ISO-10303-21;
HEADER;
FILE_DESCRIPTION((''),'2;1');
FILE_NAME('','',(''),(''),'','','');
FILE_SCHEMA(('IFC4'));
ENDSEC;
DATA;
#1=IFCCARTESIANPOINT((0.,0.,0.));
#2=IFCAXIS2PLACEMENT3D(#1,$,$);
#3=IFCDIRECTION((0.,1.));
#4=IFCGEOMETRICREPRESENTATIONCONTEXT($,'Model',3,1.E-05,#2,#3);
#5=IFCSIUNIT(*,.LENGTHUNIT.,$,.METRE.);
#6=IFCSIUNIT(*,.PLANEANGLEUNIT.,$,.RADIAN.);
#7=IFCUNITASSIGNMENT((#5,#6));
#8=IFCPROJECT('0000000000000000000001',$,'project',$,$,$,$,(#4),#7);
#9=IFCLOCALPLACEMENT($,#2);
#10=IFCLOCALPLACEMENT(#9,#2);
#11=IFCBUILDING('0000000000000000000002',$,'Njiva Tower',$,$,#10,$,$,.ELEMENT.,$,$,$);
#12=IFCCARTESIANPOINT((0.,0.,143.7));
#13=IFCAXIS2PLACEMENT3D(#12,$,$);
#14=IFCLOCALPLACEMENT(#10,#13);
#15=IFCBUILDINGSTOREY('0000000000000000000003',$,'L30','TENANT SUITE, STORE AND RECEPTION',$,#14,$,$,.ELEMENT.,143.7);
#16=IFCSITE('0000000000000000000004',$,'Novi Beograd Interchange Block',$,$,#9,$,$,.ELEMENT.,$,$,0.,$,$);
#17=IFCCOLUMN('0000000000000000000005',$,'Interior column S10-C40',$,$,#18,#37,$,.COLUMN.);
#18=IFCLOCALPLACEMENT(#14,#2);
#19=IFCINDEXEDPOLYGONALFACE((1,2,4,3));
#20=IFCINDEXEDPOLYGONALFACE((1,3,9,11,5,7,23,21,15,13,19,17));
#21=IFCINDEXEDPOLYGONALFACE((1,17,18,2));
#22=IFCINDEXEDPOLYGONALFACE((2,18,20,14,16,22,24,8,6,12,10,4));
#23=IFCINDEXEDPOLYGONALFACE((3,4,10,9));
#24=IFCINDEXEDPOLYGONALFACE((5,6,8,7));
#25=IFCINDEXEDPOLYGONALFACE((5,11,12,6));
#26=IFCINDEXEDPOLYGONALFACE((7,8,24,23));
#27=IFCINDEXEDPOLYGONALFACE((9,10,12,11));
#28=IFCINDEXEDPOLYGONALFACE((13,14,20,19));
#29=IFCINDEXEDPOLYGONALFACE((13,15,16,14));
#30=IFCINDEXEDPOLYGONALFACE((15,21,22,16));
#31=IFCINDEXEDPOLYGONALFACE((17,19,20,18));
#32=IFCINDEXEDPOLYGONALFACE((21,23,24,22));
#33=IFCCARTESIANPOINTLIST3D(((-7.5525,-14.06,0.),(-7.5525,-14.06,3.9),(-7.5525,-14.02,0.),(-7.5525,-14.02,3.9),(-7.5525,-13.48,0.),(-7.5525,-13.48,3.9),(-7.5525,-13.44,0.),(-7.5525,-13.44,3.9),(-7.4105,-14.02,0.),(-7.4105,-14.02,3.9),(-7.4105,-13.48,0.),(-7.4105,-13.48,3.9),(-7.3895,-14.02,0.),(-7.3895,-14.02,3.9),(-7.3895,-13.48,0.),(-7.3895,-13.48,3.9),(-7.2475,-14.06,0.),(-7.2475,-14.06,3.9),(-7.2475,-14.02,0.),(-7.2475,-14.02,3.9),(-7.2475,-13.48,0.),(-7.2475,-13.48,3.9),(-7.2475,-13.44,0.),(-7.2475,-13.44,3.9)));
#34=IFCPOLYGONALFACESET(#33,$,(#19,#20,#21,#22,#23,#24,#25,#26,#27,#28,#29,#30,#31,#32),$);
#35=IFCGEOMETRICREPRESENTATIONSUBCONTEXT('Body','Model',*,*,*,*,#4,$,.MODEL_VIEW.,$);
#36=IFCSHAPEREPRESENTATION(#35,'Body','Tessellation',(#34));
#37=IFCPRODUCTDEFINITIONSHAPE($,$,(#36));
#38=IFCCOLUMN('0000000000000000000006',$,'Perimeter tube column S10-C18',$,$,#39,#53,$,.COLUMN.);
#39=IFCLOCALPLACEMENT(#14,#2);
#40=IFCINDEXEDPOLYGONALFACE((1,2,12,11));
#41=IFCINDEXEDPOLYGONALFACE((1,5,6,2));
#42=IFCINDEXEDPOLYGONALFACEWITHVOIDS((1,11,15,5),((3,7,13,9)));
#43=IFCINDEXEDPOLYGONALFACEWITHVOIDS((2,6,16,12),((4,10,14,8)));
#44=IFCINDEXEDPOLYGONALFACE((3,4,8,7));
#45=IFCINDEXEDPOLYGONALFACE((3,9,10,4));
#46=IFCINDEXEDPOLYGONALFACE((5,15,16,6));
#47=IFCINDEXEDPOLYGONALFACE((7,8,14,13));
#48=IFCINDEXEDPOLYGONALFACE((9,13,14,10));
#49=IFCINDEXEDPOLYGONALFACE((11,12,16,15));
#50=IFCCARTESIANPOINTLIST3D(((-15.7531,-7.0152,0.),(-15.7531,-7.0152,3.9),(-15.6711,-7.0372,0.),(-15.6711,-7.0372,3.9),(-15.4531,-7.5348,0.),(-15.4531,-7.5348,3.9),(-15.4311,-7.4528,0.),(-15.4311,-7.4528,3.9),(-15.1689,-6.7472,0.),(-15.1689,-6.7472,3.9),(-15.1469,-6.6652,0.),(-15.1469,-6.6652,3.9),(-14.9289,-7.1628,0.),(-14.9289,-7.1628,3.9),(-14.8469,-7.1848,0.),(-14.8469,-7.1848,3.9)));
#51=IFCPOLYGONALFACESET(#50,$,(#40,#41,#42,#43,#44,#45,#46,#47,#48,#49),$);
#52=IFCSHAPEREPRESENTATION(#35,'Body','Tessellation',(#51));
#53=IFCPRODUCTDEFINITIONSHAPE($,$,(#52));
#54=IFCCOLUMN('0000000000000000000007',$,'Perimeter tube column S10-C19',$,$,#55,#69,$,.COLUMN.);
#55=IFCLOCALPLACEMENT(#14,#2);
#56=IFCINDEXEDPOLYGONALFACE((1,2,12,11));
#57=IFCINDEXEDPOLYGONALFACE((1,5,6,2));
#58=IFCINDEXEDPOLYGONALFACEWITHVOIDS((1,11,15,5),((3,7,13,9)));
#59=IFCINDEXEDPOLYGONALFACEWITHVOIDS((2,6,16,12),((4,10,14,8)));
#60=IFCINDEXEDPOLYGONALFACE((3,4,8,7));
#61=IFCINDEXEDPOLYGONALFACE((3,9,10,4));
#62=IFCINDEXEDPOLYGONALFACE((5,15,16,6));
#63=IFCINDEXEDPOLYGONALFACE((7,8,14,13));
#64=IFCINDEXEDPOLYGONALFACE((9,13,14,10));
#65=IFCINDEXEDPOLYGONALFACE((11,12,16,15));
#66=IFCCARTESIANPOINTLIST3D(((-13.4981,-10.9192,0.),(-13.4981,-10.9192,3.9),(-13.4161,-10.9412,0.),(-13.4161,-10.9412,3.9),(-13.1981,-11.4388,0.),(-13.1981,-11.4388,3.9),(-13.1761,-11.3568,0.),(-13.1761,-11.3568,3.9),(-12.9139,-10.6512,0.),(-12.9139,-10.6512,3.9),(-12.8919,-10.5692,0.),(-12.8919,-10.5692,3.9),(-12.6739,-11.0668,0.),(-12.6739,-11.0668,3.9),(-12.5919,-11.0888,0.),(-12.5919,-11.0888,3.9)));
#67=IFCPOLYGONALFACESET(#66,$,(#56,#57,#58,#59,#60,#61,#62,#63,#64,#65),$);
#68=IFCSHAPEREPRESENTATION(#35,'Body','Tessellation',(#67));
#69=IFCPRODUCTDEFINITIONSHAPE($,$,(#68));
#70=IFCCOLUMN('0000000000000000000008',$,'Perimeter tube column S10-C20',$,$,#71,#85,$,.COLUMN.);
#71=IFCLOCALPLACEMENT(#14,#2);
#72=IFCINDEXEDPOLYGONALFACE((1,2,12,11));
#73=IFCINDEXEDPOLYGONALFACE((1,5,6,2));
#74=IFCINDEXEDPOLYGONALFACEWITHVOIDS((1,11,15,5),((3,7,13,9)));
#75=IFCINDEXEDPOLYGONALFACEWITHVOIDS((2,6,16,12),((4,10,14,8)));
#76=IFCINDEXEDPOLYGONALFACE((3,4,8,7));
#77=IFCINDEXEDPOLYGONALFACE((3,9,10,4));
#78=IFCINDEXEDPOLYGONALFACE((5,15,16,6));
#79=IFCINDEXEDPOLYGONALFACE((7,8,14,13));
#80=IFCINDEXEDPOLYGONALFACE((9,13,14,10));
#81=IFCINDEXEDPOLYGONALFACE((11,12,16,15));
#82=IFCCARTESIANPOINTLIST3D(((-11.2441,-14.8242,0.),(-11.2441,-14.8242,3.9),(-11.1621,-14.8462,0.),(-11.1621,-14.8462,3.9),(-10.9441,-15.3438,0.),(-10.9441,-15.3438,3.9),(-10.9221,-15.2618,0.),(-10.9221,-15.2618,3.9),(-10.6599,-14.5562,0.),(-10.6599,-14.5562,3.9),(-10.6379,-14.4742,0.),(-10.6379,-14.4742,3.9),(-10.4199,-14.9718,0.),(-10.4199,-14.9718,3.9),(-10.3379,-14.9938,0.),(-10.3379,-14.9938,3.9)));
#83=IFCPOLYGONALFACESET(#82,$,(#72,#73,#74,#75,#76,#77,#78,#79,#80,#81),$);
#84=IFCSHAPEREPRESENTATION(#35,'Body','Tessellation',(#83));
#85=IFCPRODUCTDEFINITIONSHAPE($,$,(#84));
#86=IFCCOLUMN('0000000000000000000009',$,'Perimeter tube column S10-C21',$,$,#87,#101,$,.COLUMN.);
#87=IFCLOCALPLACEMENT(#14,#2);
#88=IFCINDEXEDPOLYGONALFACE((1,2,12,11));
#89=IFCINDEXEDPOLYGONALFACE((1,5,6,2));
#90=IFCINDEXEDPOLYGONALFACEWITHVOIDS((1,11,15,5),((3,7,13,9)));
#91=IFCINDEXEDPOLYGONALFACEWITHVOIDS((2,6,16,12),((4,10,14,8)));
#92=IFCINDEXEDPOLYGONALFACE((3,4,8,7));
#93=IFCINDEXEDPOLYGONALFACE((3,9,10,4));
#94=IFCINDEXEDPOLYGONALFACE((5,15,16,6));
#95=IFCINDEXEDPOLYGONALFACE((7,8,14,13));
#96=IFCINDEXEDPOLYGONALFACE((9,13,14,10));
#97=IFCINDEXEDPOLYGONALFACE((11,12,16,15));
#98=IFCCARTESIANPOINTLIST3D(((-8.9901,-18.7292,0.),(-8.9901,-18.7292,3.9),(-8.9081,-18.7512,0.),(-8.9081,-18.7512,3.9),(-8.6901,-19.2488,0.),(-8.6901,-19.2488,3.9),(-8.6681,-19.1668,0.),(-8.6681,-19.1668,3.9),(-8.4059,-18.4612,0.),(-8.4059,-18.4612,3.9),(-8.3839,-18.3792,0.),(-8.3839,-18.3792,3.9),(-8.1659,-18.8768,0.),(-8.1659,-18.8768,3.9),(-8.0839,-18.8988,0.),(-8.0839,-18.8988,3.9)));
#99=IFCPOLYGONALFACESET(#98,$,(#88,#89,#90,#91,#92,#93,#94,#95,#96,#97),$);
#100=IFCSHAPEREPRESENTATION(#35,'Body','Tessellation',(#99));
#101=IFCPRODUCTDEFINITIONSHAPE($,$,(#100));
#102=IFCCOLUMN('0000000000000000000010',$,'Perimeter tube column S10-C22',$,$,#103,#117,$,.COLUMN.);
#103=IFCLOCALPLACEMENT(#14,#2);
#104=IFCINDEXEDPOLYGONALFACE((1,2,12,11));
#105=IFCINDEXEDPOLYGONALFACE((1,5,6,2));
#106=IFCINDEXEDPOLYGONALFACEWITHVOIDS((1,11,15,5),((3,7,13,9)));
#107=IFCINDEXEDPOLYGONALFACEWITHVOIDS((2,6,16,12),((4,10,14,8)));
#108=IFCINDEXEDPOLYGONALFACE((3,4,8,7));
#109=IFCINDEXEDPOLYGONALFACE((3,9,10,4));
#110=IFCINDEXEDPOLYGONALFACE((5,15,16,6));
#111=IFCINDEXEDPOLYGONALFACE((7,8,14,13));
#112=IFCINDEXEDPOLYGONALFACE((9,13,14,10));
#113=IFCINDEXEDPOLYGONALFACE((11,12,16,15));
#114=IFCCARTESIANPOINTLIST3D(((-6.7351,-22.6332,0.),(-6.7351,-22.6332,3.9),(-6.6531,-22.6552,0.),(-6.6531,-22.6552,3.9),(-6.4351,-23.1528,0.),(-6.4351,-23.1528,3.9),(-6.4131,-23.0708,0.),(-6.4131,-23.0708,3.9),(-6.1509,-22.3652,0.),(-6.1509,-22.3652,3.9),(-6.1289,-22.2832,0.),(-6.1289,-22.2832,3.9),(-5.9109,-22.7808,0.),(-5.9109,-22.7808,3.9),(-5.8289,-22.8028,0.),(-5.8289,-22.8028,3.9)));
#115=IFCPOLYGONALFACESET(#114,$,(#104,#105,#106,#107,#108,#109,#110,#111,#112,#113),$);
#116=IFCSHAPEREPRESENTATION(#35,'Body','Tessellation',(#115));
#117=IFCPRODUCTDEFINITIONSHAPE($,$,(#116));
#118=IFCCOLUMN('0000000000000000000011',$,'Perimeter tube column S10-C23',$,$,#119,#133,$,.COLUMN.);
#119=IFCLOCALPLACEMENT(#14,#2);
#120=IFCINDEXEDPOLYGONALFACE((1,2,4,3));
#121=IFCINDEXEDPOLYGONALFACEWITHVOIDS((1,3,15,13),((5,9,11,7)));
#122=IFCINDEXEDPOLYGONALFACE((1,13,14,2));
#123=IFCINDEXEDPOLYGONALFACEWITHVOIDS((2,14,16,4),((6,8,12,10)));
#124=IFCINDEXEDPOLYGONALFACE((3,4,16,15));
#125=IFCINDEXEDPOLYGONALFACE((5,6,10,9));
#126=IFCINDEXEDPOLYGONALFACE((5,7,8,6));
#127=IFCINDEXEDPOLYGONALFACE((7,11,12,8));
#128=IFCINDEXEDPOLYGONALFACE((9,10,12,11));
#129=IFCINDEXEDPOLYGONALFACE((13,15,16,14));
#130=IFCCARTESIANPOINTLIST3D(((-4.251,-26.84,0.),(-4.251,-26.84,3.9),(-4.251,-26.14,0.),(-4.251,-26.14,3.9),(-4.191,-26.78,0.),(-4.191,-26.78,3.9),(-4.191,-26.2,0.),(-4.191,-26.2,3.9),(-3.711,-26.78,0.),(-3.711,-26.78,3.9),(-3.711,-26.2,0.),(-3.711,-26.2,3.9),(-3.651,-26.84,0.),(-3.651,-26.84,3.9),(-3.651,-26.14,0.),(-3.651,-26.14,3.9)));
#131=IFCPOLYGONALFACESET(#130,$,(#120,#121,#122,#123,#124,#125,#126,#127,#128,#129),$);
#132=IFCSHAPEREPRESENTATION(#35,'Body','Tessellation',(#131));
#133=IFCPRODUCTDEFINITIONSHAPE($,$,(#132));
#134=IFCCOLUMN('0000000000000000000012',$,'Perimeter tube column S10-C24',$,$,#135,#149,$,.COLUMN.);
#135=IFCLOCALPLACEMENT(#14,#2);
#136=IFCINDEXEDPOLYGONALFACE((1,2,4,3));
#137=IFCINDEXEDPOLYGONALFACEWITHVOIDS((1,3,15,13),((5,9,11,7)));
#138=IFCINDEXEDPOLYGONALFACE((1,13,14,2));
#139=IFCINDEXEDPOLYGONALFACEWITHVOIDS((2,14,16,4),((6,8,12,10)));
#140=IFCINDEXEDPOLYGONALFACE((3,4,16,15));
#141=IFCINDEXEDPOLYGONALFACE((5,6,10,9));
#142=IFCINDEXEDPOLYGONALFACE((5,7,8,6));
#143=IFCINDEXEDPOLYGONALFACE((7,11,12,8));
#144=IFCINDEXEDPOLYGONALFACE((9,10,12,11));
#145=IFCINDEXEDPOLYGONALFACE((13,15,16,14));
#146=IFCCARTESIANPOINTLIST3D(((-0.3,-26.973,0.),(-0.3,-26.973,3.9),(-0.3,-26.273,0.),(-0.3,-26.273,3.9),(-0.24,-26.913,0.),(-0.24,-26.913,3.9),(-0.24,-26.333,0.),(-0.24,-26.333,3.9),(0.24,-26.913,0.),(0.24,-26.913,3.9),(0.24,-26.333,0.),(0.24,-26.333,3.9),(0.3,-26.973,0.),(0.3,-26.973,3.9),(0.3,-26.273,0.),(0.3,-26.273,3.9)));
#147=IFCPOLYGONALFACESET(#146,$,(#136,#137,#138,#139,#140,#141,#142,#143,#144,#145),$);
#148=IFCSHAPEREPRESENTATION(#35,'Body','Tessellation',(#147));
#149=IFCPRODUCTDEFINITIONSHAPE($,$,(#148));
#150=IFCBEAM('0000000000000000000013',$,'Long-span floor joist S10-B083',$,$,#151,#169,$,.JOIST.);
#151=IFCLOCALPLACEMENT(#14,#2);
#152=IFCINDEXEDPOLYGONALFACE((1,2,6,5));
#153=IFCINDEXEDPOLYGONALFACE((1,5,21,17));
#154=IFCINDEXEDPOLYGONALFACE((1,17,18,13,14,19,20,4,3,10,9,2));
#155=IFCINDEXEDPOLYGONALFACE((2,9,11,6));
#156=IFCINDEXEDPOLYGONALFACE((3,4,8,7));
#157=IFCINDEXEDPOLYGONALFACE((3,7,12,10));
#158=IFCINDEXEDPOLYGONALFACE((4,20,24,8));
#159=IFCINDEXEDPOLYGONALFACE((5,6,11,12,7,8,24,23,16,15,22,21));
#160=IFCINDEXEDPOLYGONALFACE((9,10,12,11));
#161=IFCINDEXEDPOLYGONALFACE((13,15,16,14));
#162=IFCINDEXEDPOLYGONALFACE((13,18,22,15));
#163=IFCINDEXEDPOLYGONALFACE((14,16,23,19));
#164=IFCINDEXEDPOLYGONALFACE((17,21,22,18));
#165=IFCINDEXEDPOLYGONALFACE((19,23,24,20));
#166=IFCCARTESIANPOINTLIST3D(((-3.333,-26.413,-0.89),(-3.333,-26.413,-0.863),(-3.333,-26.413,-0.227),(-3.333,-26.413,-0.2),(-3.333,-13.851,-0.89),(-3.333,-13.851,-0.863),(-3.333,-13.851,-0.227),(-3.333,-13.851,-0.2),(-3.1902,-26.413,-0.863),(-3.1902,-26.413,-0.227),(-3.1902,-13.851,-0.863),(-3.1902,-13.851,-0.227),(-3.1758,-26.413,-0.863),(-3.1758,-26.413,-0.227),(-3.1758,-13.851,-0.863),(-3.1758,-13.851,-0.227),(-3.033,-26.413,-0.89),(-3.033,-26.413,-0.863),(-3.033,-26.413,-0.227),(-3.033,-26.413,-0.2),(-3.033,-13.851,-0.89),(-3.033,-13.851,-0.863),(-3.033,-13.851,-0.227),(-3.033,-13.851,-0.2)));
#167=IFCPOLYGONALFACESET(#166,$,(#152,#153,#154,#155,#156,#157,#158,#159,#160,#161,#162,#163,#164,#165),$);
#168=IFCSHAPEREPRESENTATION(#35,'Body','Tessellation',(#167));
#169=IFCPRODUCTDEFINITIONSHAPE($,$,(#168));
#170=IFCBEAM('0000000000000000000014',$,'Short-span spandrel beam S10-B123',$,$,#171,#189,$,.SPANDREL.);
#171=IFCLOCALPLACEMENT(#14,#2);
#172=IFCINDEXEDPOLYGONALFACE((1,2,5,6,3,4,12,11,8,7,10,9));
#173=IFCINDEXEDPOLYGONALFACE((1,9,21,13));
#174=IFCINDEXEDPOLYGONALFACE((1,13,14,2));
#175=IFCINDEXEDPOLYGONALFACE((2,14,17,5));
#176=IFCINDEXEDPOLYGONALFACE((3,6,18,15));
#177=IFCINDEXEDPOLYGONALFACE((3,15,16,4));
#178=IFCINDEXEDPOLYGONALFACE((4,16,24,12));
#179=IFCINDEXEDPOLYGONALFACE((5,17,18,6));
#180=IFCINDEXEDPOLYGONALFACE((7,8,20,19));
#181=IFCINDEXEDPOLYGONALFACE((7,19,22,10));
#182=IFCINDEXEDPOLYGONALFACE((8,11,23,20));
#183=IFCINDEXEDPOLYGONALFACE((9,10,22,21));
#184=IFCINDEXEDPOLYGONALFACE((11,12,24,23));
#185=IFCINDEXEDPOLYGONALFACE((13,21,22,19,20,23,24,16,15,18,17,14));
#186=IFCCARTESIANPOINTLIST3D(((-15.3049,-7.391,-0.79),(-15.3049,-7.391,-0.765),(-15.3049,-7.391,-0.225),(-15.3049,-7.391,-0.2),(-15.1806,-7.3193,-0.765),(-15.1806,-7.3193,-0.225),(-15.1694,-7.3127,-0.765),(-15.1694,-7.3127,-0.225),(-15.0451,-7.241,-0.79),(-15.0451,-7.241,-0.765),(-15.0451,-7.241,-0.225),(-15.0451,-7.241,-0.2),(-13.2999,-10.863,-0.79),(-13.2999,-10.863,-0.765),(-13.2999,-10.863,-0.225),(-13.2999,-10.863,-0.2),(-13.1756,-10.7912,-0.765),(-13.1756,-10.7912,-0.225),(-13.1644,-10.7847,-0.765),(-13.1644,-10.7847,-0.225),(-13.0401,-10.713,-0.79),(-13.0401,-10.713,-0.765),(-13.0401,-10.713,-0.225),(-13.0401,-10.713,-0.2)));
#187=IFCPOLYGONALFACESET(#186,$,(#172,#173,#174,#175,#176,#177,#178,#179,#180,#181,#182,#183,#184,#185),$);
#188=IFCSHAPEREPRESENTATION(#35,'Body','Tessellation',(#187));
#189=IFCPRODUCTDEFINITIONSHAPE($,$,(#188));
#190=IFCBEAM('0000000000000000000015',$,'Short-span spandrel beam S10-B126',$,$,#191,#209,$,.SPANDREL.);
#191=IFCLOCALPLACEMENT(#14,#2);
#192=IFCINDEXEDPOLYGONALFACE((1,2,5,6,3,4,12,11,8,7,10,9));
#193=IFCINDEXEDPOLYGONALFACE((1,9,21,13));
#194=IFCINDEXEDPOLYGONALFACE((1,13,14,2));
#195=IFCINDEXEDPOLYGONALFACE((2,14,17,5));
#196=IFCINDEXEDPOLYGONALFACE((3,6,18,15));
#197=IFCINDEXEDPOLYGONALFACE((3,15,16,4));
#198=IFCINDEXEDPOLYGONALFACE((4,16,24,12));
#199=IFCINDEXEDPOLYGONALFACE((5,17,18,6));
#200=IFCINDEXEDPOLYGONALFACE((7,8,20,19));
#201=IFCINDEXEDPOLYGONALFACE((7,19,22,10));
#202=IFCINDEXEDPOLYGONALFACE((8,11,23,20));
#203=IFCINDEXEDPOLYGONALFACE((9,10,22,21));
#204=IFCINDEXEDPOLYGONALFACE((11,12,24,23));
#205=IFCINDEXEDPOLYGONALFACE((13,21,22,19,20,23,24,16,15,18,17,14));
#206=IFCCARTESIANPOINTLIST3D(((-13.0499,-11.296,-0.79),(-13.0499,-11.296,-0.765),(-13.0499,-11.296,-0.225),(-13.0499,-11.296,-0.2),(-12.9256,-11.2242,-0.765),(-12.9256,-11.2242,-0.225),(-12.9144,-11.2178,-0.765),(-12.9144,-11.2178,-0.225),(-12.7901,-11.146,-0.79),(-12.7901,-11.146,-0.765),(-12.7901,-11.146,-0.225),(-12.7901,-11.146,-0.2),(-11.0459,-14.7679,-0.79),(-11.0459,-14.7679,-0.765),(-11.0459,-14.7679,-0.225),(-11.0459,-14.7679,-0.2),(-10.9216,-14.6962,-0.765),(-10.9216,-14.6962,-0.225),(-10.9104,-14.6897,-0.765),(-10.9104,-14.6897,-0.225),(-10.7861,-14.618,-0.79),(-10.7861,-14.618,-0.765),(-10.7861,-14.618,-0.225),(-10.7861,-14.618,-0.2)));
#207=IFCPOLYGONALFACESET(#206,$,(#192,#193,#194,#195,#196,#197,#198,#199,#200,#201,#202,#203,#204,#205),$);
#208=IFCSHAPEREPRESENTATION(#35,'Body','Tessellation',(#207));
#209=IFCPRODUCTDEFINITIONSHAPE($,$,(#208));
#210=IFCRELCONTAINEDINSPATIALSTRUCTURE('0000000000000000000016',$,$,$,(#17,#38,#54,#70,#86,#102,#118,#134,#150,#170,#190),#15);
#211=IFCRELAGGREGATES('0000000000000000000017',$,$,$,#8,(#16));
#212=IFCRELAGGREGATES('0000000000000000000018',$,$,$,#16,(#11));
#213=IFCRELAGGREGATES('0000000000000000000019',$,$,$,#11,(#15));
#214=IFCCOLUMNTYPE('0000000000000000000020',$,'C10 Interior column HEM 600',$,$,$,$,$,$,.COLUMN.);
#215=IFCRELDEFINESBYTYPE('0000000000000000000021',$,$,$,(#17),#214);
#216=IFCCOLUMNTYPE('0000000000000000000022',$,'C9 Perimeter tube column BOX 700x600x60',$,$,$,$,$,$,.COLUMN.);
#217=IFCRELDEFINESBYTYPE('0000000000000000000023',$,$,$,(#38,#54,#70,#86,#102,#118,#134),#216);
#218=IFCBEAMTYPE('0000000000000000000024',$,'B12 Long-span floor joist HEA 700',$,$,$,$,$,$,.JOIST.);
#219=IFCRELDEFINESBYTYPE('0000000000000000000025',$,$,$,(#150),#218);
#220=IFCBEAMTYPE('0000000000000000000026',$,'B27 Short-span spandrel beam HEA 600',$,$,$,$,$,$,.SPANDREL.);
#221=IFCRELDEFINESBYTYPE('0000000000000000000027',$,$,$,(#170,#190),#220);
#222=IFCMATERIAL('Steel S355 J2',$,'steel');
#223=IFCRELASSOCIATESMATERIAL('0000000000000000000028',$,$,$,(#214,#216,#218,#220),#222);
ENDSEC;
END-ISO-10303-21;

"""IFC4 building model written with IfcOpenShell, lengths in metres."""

from ifc_helpers import new_model, si_unit, direction, frame, origin, origin_2d, place, context, subcontext, project, spatial, hollow_rectangle, i_section, extrude, material, material_profile, profile_set, type_object, element, save


model = new_model("IFC4")

# Units and contexts
model_context = context("Model", 3, precision=1e-05, world=origin(), true_north=direction((0.0, 1.0)))
body_context = subcontext(model_context, "Body", "Model", "MODEL_VIEW")
ifc_project = project(units=[si_unit("LENGTHUNIT", "METRE"), si_unit("PLANEANGLEUNIT", "RADIAN")], contexts=[model_context])

# Site, building, storey
site_placement = place(None, origin())
site = spatial("IfcSite", under=ifc_project, at=site_placement, Name="Novi Beograd Interchange Block", CompositionType="ELEMENT", RefElevation=0.0)
building_placement = place(site_placement, origin())
building = spatial("IfcBuilding", under=site, at=building_placement, Name="Njiva Tower", CompositionType="ELEMENT")
storey_placement = place(building_placement, frame((0.0, 0.0, 143.7)))
storey = spatial("IfcBuildingStorey", under=building, at=storey_placement, Name="L30", Description="TENANT SUITE, STORE AND RECEPTION", CompositionType="ELEMENT", Elevation=143.7)

# Columns
ifc_material_1 = material(Name="Steel S355 J2", Category="steel")
ifc_material_profile_1 = material_profile(ifc_material_1, i_section(OverallWidth=0.305, OverallDepth=0.62, WebThickness=0.021, FlangeThickness=0.04, at=origin_2d()), Name="HEM 600")
ifc_profile_set_1 = profile_set([ifc_material_profile_1], Name="Steel S355 J2")
column_type_1 = type_object("IfcColumnType", Name="C10 Interior column HEM 600", PredefinedType="COLUMN", material=ifc_profile_set_1)
column_placement = place(storey_placement, frame((-7.4, -13.75, 0.0), z_axis=(0.0, 0.0, 1.0), x_axis=(1.0, 0.0, 0.0)))
element("IfcColumn", 1, at=column_placement, inside=storey, type_object=column_type_1, Name="Interior column S10-C40", PredefinedType="COLUMN", context=body_context, shape_type="SweptSolid", body=[
    extrude(i_section(OverallWidth=0.305, OverallDepth=0.62, WebThickness=0.021, FlangeThickness=0.04, at=origin_2d()), origin(), (0.0, 0.0, 1.0), 3.9),
])
ifc_material_profile_2 = material_profile(ifc_material_1, hollow_rectangle(XDim=0.6, YDim=0.7, WallThickness=0.06, at=origin_2d()), Name="BOX 700x600x60")
ifc_profile_set_2 = profile_set([ifc_material_profile_2], Name="Steel S355 J2")
column_type_2 = type_object("IfcColumnType", Name="C9 Perimeter tube column BOX 700x600x60", PredefinedType="COLUMN", material=ifc_profile_set_2)
for number, where, z_axis, x_axis, name in (
    (2, (-15.3, -7.1, 0.0), (0.0, 0.0, 1.0), (0.5, -0.866025, 0.0), "Perimeter tube column S10-C18"),
    (3, (-13.045, -11.004, 0.0), (0.0, 0.0, 1.0), (0.5, -0.866025, 0.0), "Perimeter tube column S10-C19"),
    (4, (-10.791, -14.909, 0.0), (0.0, 0.0, 1.0), (0.5, -0.866025, 0.0), "Perimeter tube column S10-C20"),
    (5, (-8.537, -18.814, 0.0), (0.0, 0.0, 1.0), (0.5, -0.866025, 0.0), "Perimeter tube column S10-C21"),
    (6, (-6.282, -22.718, 0.0), (0.0, 0.0, 1.0), (0.5, -0.866025, 0.0), "Perimeter tube column S10-C22"),
    (7, (-3.951, -26.49, 0.0), (0.0, 0.0, 1.0), (1.0, 0.0, 0.0), "Perimeter tube column S10-C23"),
    (8, (0.0, -26.623, 0.0), (0.0, 0.0, 1.0), (1.0, 0.0, 0.0), "Perimeter tube column S10-C24"),
):
    element("IfcColumn", number, at=place(storey_placement, frame(where, z_axis=z_axis, x_axis=x_axis)), inside=storey, type_object=column_type_2, Name=name, PredefinedType="COLUMN", context=body_context, shape_type="SweptSolid", body=[
        extrude(hollow_rectangle(XDim=0.6, YDim=0.7, WallThickness=0.06, at=origin_2d()), origin(), (0.0, 0.0, 1.0), 3.9),
    ])

# Beams
ifc_material_profile_3 = material_profile(ifc_material_1, i_section(OverallWidth=0.3, OverallDepth=0.69, WebThickness=0.0145, FlangeThickness=0.027, at=origin_2d()), Name="HEA 700")
ifc_profile_set_3 = profile_set([ifc_material_profile_3], Name="Steel S355 J2")
beam_type_1 = type_object("IfcBeamType", Name="B12 Long-span floor joist HEA 700", PredefinedType="JOIST", material=ifc_profile_set_3)
beam_1_placement = place(storey_placement, frame((-3.183, -13.851, -0.545), z_axis=(0.0, -1.0, 0.0), x_axis=(1.0, 0.0, 0.0)))
element("IfcBeam", 9, at=beam_1_placement, inside=storey, type_object=beam_type_1, Name="Long-span floor joist S10-B083", PredefinedType="JOIST", context=body_context, shape_type="SweptSolid", body=[
    extrude(i_section(OverallWidth=0.3, OverallDepth=0.69, WebThickness=0.0145, FlangeThickness=0.027, at=origin_2d()), origin(), (0.0, 0.0, 1.0), 12.562),
])
ifc_material_profile_4 = material_profile(ifc_material_1, i_section(OverallWidth=0.3, OverallDepth=0.59, WebThickness=0.013, FlangeThickness=0.025, at=origin_2d()), Name="HEA 600")
ifc_profile_set_4 = profile_set([ifc_material_profile_4], Name="Steel S355 J2")
beam_type_2 = type_object("IfcBeamType", Name="B27 Short-span spandrel beam HEA 600", PredefinedType="SPANDREL", material=ifc_profile_set_4)
beam_2_placement = place(storey_placement, frame((-15.175, -7.316, -0.495), z_axis=(0.500082, -0.865978, 0.0), x_axis=(0.865978, 0.500082, 0.0)))
element("IfcBeam", 10, at=beam_2_placement, inside=storey, type_object=beam_type_2, Name="Short-span spandrel beam S10-B123", PredefinedType="SPANDREL", context=body_context, shape_type="SweptSolid", body=[
    extrude(i_section(OverallWidth=0.3, OverallDepth=0.59, WebThickness=0.013, FlangeThickness=0.025, at=origin_2d()), origin(), (0.0, 0.0, 1.0), 4.0093),
])
beam_3_placement = place(storey_placement, frame((-12.92, -11.221, -0.495), z_axis=(0.499895, -0.866086, 0.0), x_axis=(0.866086, 0.499895, 0.0)))
element("IfcBeam", 11, at=beam_3_placement, inside=storey, type_object=beam_type_2, Name="Short-span spandrel beam S10-B126", PredefinedType="SPANDREL", context=body_context, shape_type="SweptSolid", body=[
    extrude(i_section(OverallWidth=0.3, OverallDepth=0.59, WebThickness=0.013, FlangeThickness=0.025, at=origin_2d()), origin(), (0.0, 0.0, 1.0), 4.0088),
])

save(model, "model.ifc")
